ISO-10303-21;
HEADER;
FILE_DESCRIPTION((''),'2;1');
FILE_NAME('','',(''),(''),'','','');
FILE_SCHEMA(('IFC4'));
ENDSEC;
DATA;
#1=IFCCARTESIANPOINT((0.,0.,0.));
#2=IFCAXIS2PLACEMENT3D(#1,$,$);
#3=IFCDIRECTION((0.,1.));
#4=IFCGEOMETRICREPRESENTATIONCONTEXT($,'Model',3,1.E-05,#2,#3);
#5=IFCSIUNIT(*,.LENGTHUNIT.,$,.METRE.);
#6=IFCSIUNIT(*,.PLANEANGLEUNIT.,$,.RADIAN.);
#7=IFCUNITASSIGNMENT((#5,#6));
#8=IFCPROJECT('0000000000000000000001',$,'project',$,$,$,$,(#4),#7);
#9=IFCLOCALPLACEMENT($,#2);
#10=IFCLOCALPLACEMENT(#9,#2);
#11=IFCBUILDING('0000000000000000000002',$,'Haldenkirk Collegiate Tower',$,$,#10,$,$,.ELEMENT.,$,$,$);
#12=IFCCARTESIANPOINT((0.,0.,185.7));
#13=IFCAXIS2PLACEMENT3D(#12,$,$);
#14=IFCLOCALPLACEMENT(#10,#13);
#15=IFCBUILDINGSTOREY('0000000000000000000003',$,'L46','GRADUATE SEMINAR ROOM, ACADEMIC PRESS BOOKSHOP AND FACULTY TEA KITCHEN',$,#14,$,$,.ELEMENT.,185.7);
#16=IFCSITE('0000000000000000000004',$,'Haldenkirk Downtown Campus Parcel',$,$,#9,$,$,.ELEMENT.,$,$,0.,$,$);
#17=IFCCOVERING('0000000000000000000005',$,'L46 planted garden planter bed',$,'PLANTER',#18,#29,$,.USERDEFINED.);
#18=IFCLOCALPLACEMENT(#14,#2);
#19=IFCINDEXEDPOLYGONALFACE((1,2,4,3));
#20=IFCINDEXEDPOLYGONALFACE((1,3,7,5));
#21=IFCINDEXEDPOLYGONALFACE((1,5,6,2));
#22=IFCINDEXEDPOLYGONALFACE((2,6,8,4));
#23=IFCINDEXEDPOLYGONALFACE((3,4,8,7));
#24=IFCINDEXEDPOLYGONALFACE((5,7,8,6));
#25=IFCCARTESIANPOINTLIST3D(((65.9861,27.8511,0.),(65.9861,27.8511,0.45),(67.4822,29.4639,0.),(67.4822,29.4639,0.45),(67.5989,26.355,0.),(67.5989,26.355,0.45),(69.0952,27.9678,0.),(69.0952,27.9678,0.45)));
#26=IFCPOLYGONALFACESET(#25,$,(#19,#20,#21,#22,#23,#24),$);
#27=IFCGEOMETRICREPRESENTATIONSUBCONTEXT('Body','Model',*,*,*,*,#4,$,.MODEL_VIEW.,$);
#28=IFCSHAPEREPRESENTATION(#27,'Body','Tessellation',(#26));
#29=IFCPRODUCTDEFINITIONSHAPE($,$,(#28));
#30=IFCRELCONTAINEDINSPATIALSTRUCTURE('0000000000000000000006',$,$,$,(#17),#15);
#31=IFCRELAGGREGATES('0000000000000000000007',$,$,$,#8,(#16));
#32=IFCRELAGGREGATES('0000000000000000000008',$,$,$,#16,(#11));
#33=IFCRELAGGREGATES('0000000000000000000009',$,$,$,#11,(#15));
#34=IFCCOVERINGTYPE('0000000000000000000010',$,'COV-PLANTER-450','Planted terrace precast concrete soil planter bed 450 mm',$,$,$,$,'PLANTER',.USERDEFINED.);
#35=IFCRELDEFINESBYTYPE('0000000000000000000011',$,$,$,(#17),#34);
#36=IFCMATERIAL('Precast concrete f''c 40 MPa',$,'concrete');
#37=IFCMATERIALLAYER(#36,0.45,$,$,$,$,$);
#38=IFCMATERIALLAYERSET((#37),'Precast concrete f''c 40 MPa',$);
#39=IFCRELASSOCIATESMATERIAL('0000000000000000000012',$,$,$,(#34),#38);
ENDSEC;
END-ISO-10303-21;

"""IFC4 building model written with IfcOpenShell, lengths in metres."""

from ifc_helpers import new_model, si_unit, direction, frame, origin, place, context, subcontext, project, spatial, polyline, outline, extrude, material, layer, layer_set, type_object, element, save


model = new_model("IFC4")

# Units and contexts
model_context = context("Model", 3, precision=1e-05, world=origin(), true_north=direction((0.0, 1.0)))
body_context = subcontext(model_context, "Body", "Model", "MODEL_VIEW")
ifc_project = project(units=[si_unit("LENGTHUNIT", "METRE"), si_unit("PLANEANGLEUNIT", "RADIAN")], contexts=[model_context])

# Site, building, storey
site_placement = place(None, origin())
site = spatial("IfcSite", under=ifc_project, at=site_placement, Name="Haldenkirk Downtown Campus Parcel", CompositionType="ELEMENT", RefElevation=0.0)
building_placement = place(site_placement, origin())
building = spatial("IfcBuilding", under=site, at=building_placement, Name="Haldenkirk Collegiate Tower", CompositionType="ELEMENT")
storey_placement = place(building_placement, frame((0.0, 0.0, 185.7)))
storey = spatial("IfcBuildingStorey", under=building, at=storey_placement, Name="L46", Description="GRADUATE SEMINAR ROOM, ACADEMIC PRESS BOOKSHOP AND FACULTY TEA KITCHEN", CompositionType="ELEMENT", Elevation=185.7)

# Covering
ifc_material_1 = material(Name="Precast concrete f'c 40 MPa", Category="concrete")
ifc_layer_1 = layer(ifc_material_1, 0.45)
ifc_layer_set_1 = layer_set([ifc_layer_1], Name="Precast concrete f'c 40 MPa")
covering_type_1 = type_object("IfcCoveringType", Name="COV-PLANTER-450", Description="Planted terrace precast concrete soil planter bed 450 mm", ElementType="PLANTER", PredefinedType="USERDEFINED", material=ifc_layer_set_1)
covering_1_placement = place(storey_placement, origin())
element("IfcCovering", 1, at=covering_1_placement, inside=storey, type_object=covering_type_1, Name="L46 planted garden planter bed", ObjectType="PLANTER", PredefinedType="USERDEFINED", context=body_context, shape_type="SweptSolid", body=[
    extrude(outline(polyline([(67.5989, 26.355), (65.9861, 27.8511), (67.4822, 29.4639), (69.0952, 27.9678), (67.5989, 26.355)])), origin(), (0.0, 0.0, 1.0), 0.45),
])

save(model, "model.ifc")
